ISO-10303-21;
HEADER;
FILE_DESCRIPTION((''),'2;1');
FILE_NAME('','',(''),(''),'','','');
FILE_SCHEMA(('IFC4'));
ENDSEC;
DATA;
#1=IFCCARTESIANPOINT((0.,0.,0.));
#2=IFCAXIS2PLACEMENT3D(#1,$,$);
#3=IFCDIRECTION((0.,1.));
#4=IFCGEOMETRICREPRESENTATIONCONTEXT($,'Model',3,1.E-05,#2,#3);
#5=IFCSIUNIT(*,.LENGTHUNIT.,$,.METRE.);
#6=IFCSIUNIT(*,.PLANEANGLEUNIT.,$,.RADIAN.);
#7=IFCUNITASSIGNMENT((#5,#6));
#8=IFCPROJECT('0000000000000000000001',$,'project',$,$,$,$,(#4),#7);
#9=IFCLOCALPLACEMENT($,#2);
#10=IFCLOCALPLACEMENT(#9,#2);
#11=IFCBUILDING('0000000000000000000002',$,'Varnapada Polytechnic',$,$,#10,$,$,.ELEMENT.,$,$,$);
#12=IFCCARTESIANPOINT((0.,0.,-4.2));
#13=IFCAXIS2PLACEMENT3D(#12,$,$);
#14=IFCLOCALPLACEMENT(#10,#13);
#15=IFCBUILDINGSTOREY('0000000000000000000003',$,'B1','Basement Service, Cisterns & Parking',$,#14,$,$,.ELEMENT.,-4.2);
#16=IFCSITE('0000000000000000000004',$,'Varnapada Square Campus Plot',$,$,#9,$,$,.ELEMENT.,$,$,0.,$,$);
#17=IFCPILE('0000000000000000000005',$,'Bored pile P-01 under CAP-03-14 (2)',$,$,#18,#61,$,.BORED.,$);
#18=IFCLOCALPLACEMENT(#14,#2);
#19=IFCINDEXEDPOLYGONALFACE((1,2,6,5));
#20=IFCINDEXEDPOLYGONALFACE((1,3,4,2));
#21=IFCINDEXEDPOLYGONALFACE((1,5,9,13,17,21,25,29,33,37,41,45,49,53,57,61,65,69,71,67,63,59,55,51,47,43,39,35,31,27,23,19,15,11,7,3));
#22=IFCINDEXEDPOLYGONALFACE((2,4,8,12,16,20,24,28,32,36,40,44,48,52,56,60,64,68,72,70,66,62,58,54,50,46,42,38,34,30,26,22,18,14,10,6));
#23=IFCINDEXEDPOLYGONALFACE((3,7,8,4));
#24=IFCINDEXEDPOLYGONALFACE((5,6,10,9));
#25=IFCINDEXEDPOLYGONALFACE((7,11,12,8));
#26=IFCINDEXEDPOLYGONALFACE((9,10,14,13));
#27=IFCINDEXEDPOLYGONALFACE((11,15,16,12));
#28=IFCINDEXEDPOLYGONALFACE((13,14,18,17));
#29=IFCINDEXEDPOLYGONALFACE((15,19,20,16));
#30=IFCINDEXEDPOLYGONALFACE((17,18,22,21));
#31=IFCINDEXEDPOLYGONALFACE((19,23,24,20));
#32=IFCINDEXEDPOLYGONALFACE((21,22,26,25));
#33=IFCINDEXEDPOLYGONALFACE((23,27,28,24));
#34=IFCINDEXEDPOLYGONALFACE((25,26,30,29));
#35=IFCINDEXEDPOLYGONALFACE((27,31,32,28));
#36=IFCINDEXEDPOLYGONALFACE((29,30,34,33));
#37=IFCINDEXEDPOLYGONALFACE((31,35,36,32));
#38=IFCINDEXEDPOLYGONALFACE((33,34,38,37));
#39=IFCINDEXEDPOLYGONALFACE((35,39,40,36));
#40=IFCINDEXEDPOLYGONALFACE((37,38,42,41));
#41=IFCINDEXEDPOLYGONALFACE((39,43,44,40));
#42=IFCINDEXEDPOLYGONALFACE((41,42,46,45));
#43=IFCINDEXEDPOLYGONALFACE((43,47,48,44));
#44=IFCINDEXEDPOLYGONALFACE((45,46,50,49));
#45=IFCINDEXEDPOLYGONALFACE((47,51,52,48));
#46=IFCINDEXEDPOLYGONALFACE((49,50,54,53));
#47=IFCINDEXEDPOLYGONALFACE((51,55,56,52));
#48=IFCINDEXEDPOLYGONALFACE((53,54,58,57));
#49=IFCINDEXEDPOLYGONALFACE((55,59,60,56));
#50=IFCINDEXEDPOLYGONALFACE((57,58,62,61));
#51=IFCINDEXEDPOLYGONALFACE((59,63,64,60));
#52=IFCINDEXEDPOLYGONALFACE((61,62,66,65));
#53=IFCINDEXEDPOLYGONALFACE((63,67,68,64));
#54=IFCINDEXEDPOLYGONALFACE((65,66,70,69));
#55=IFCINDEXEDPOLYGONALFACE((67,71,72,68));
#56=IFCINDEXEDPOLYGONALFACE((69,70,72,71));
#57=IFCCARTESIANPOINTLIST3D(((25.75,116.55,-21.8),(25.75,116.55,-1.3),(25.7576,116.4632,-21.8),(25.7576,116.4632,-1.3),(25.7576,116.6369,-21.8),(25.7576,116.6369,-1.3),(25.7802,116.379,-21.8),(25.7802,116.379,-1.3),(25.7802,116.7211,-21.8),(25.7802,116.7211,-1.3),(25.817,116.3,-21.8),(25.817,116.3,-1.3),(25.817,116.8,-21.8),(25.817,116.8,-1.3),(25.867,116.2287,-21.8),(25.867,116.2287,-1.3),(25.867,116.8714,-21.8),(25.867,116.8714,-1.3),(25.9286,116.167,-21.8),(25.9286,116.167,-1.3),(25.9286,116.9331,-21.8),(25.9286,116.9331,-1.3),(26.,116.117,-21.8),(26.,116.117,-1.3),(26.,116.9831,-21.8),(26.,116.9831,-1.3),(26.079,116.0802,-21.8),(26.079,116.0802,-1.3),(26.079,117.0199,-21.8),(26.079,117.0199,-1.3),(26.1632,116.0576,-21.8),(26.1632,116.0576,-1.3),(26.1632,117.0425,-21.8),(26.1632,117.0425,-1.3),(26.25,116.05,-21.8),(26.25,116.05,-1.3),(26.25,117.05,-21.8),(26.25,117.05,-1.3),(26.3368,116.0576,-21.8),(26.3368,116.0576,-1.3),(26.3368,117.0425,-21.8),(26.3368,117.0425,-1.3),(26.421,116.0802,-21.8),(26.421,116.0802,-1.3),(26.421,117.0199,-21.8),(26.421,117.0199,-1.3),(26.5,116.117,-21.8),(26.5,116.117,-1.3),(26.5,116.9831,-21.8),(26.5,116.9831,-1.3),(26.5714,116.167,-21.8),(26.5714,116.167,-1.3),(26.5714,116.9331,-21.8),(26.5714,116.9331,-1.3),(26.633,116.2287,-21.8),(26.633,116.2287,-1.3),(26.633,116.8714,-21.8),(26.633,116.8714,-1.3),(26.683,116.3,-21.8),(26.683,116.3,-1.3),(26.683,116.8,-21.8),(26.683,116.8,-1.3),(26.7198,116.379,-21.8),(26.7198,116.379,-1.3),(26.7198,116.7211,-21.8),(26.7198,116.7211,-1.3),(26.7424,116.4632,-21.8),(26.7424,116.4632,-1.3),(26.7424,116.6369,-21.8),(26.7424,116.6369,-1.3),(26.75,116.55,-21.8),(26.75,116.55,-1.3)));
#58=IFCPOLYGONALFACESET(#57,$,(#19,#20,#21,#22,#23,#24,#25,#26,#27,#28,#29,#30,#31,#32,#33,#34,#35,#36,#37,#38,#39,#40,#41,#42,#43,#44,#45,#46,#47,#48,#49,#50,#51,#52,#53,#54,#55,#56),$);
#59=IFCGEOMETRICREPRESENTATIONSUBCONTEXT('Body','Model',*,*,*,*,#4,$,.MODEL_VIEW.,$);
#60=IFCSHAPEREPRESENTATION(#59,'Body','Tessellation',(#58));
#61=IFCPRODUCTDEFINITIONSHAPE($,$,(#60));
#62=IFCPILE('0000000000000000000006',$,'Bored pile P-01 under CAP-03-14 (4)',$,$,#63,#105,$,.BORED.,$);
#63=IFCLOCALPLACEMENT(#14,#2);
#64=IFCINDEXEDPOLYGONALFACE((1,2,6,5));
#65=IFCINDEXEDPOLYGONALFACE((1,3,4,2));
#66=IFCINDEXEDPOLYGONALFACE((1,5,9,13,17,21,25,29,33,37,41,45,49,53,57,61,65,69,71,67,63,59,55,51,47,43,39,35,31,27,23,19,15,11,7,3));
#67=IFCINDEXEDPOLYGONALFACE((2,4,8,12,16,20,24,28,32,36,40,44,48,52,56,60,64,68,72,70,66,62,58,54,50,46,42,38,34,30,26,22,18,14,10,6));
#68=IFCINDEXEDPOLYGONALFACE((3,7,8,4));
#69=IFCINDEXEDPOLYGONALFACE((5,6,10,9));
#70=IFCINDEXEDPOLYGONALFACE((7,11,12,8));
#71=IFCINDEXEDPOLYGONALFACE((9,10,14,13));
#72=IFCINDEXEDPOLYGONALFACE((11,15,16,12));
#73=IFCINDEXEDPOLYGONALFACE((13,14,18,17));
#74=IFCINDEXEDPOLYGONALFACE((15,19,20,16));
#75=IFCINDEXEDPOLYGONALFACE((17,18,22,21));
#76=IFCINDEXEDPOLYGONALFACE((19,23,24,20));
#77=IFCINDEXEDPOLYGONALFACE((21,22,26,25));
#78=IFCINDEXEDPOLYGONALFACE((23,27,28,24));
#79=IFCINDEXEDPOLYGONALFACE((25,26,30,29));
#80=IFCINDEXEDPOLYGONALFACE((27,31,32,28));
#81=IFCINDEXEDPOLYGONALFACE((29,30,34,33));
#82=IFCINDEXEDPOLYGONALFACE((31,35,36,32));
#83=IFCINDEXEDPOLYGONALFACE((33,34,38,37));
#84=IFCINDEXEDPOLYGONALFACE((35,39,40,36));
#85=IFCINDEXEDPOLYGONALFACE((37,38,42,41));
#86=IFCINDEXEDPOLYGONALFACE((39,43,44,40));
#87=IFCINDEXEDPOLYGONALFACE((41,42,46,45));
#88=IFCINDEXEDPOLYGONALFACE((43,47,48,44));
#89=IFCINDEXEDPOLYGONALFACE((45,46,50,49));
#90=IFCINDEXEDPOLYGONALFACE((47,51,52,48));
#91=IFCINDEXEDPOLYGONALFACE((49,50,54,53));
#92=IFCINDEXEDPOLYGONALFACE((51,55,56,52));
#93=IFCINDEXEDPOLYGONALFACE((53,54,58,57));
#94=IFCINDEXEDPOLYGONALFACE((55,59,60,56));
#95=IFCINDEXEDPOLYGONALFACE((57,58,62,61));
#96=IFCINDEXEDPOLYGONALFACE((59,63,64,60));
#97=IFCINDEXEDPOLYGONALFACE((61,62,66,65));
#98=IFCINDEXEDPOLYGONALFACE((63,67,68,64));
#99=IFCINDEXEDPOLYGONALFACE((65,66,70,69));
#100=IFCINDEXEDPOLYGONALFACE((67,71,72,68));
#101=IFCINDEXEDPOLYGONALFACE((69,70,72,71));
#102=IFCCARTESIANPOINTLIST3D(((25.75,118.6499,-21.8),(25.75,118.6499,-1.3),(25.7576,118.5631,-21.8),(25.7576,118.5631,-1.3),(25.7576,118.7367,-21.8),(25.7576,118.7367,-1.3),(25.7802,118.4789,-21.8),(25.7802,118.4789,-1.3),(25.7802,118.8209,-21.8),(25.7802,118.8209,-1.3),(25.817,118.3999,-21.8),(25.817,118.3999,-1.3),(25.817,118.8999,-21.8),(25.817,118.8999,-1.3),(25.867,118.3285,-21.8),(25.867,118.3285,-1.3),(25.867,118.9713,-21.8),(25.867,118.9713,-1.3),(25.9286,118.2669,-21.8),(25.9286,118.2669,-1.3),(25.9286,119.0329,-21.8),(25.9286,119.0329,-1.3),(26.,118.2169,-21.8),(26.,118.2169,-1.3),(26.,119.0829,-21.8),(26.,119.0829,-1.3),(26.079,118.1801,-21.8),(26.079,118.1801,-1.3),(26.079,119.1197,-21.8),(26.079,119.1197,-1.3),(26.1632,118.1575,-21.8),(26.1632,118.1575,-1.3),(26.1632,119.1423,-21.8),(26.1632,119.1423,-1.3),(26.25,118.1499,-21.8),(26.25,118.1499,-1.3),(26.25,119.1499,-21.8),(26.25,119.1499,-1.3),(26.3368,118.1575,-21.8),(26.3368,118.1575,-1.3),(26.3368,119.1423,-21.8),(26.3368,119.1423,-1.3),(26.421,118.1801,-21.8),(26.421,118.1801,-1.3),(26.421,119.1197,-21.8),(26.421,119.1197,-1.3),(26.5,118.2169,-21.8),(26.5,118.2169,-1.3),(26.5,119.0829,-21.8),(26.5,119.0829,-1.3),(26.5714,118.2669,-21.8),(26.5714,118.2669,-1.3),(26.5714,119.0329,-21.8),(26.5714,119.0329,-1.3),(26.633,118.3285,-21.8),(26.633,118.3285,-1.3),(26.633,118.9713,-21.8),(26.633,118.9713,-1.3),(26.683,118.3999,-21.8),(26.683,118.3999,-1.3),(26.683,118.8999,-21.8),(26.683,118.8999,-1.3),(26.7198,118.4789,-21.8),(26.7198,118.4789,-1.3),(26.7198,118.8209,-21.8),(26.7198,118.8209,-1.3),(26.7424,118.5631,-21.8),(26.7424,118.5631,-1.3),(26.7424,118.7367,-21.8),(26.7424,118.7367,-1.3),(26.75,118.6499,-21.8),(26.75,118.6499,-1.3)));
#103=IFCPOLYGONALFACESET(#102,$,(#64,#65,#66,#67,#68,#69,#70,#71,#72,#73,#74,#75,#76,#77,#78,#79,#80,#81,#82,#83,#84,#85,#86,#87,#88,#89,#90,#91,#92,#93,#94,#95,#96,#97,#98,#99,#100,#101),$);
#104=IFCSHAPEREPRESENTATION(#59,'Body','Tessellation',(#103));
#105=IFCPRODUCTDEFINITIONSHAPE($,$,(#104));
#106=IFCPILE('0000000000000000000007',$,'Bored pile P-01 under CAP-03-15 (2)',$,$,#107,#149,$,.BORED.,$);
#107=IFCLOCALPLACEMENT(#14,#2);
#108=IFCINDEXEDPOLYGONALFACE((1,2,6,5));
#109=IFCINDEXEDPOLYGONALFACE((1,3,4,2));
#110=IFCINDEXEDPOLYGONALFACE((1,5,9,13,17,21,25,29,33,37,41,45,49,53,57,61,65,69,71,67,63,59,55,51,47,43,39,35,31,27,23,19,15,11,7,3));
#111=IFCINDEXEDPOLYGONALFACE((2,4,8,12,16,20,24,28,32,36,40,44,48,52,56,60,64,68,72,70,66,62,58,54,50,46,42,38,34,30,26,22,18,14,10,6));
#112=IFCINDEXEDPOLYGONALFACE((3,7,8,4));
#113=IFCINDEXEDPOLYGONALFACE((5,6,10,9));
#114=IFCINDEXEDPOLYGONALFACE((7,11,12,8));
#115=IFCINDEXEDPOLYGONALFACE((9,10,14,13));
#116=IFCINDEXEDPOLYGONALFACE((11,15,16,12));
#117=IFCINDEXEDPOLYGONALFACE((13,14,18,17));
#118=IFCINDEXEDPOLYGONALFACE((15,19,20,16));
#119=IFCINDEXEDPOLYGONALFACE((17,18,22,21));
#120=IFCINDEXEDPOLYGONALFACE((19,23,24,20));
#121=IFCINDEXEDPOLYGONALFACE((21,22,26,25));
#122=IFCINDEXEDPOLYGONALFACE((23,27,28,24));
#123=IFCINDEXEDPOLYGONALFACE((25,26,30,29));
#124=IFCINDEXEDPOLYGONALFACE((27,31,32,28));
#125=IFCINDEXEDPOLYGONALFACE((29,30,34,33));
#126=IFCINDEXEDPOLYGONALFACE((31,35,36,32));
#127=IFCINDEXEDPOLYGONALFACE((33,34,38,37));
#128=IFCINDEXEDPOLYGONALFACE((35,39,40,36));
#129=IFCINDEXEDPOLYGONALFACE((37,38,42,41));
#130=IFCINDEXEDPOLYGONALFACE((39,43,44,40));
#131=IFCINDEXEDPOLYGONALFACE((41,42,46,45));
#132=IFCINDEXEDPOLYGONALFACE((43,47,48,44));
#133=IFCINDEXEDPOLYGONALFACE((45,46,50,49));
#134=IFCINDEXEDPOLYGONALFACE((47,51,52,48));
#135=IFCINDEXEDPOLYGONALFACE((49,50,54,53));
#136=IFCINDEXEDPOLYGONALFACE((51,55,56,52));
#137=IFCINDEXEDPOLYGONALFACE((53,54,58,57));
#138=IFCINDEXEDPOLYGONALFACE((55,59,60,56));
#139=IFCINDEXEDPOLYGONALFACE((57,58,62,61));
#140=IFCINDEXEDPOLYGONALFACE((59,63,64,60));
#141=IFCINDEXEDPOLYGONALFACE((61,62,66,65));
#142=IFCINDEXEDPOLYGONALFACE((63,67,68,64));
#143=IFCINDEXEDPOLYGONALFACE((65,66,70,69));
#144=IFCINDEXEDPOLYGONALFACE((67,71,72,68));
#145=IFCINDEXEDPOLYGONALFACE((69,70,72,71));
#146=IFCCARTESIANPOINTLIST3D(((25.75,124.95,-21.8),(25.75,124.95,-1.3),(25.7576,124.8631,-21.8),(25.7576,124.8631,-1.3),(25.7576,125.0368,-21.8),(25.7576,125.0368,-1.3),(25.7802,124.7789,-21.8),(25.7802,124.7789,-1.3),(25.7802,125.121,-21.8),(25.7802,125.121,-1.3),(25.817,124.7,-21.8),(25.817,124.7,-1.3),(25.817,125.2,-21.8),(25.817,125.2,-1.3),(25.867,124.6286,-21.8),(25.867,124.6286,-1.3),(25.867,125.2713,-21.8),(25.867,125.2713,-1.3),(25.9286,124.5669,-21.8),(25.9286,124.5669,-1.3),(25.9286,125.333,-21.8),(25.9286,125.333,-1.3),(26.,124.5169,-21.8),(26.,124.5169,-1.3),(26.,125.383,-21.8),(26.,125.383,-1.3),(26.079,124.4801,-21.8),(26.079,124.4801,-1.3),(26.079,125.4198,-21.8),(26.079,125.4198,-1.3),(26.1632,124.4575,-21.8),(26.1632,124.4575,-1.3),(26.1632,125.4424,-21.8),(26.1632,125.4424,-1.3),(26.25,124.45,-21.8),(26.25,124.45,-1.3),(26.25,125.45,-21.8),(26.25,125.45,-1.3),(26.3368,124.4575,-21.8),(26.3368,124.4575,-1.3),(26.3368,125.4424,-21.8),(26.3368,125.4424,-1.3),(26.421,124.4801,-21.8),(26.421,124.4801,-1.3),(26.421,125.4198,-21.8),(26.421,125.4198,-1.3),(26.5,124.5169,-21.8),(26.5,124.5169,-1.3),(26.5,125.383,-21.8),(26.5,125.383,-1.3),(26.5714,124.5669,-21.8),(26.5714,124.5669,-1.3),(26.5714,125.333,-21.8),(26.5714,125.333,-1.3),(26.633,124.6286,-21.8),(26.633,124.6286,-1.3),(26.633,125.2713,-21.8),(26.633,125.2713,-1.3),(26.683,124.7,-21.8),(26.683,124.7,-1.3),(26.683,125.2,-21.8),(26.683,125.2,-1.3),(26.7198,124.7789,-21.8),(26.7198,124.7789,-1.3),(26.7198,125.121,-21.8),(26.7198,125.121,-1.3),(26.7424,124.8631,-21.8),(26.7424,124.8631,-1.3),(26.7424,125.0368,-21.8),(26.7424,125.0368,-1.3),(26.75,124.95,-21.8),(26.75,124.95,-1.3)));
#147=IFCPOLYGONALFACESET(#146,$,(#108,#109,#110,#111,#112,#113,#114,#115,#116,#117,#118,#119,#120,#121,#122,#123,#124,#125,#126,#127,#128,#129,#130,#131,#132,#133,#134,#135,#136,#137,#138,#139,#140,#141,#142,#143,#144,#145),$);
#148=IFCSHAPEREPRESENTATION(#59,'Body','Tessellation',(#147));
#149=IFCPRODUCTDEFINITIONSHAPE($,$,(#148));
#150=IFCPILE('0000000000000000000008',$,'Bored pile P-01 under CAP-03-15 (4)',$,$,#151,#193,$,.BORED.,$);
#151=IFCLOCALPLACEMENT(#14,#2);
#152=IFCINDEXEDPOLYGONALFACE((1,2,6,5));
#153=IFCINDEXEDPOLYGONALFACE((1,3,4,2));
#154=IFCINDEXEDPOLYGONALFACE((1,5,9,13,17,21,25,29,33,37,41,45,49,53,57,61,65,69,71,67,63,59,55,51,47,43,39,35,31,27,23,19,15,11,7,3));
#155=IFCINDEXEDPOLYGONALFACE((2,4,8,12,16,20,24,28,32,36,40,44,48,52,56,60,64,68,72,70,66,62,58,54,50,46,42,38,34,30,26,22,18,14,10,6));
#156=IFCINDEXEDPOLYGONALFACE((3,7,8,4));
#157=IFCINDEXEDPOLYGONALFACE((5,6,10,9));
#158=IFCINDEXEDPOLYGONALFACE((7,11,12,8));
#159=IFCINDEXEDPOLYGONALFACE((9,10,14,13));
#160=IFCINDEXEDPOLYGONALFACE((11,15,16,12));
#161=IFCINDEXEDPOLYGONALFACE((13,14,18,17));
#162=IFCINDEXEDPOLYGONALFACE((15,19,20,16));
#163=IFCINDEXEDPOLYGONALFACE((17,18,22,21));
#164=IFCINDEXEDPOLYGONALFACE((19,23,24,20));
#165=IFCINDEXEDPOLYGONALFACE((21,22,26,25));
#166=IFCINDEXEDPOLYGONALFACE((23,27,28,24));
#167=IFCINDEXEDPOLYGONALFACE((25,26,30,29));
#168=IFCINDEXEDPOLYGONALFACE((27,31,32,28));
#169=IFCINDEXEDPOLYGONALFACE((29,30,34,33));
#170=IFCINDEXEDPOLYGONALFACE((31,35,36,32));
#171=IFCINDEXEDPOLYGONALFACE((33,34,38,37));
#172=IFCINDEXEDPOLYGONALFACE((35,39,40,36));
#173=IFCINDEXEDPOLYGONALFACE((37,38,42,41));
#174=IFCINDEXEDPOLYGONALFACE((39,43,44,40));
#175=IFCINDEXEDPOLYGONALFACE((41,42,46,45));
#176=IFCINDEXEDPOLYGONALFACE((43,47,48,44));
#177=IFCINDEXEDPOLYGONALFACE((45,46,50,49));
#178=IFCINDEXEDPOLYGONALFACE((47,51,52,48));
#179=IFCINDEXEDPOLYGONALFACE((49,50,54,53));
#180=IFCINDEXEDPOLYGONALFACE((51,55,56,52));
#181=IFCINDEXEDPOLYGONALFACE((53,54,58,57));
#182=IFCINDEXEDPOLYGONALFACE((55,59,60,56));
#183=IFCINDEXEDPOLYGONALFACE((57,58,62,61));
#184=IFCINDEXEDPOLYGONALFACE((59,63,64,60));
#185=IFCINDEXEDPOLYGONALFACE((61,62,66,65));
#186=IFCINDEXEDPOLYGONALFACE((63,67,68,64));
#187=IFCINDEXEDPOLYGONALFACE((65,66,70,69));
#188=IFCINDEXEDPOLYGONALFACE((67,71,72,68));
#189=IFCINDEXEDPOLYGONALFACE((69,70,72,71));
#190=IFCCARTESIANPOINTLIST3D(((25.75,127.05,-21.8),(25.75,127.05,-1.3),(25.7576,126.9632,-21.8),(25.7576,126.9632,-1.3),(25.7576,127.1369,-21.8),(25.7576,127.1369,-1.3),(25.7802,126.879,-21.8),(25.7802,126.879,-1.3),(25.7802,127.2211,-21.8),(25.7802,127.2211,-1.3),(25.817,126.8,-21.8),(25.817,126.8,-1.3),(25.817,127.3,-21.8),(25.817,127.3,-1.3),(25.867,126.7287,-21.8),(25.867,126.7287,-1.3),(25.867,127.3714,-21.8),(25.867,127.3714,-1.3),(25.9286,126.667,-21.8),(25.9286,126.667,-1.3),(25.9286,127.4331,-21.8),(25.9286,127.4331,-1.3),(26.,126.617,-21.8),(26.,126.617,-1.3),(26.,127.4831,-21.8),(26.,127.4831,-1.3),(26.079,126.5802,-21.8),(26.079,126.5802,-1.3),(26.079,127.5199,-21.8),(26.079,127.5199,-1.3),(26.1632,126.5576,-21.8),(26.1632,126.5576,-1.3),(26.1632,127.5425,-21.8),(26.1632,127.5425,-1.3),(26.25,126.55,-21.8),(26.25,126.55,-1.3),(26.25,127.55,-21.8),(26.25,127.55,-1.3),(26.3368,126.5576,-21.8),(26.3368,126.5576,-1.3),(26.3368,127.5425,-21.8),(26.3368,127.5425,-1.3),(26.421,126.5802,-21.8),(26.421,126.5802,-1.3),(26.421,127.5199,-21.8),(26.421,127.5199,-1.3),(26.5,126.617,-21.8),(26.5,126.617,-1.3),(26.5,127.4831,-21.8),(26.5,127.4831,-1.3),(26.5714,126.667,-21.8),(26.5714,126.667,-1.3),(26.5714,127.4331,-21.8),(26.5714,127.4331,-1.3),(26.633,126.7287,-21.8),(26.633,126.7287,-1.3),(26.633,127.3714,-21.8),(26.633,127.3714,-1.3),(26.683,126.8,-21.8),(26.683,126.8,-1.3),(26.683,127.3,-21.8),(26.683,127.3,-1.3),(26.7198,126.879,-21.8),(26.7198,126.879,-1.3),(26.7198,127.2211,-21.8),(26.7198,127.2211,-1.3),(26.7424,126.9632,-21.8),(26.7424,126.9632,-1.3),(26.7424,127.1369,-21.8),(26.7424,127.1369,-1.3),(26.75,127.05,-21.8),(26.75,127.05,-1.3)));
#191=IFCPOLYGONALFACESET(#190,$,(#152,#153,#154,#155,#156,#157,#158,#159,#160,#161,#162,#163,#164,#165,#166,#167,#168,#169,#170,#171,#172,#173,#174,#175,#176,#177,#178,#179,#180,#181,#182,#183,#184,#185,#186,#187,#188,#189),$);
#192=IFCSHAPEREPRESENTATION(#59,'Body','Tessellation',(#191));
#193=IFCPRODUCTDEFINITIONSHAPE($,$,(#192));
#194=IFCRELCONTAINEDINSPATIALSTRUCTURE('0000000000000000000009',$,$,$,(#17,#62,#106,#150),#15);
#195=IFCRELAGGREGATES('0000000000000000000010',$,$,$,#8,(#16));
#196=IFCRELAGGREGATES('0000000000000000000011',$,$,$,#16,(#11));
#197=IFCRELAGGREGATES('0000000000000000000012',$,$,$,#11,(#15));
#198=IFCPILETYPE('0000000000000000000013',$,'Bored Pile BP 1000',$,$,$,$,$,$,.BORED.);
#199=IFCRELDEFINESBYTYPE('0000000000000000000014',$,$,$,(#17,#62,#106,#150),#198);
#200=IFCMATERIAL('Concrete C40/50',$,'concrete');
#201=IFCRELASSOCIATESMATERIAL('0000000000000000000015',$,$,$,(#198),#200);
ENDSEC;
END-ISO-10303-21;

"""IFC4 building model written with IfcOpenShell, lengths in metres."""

from ifc_helpers import new_model, si_unit, direction, frame, origin, origin_2d, place, context, subcontext, project, spatial, circle, extrude, material, material_profile, profile_set, type_object, element, save


model = new_model("IFC4")

# Units and contexts
model_context = context("Model", 3, precision=1e-05, world=origin(), true_north=direction((0.0, 1.0)))
body_context = subcontext(model_context, "Body", "Model", "MODEL_VIEW")
ifc_project = project(units=[si_unit("LENGTHUNIT", "METRE"), si_unit("PLANEANGLEUNIT", "RADIAN")], contexts=[model_context])

# Site, building, storey
site_placement = place(None, origin())
site = spatial("IfcSite", under=ifc_project, at=site_placement, Name="Varnapada Square Campus Plot", CompositionType="ELEMENT", RefElevation=0.0)
building_placement = place(site_placement, origin())
building = spatial("IfcBuilding", under=site, at=building_placement, Name="Varnapada Polytechnic", CompositionType="ELEMENT")
storey_placement = place(building_placement, frame((0.0, 0.0, -4.2)))
storey = spatial("IfcBuildingStorey", under=building, at=storey_placement, Name="B1", Description="Basement Service, Cisterns & Parking", CompositionType="ELEMENT", Elevation=-4.2)

# Piles
ifc_material_1 = material(Name="Concrete C40/50", Category="concrete")
ifc_material_profile_1 = material_profile(ifc_material_1, circle(Radius=0.5, at=origin_2d()), Name="BP 1000")
ifc_profile_set_1 = profile_set([ifc_material_profile_1], Name="Concrete C40/50")
pile_type_1 = type_object("IfcPileType", Name="Bored Pile BP 1000", PredefinedType="BORED", material=ifc_profile_set_1)
for number, where, z_axis, x_axis, name in (
    (1, (26.25, 116.55, -1.3), (0.0, 0.0, -1.0), (1.0, 0.0, 0.0), "Bored pile P-01 under CAP-03-14 (2)"),
    (2, (26.25, 118.6499, -1.3), (0.0, 0.0, -1.0), (1.0, 0.0, 0.0), "Bored pile P-01 under CAP-03-14 (4)"),
    (3, (26.25, 124.95, -1.3), (0.0, 0.0, -1.0), (1.0, 0.0, 0.0), "Bored pile P-01 under CAP-03-15 (2)"),
    (4, (26.25, 127.05, -1.3), (0.0, 0.0, -1.0), (1.0, 0.0, 0.0), "Bored pile P-01 under CAP-03-15 (4)"),
):
    element("IfcPile", number, at=place(storey_placement, frame(where, z_axis=z_axis, x_axis=x_axis)), inside=storey, type_object=pile_type_1, Name=name, PredefinedType="BORED", context=body_context, shape_type="SweptSolid", body=[
        extrude(circle(Radius=0.5, at=origin_2d()), origin(), (0.0, 0.0, 1.0), 20.5),
    ])

save(model, "model.ifc")
